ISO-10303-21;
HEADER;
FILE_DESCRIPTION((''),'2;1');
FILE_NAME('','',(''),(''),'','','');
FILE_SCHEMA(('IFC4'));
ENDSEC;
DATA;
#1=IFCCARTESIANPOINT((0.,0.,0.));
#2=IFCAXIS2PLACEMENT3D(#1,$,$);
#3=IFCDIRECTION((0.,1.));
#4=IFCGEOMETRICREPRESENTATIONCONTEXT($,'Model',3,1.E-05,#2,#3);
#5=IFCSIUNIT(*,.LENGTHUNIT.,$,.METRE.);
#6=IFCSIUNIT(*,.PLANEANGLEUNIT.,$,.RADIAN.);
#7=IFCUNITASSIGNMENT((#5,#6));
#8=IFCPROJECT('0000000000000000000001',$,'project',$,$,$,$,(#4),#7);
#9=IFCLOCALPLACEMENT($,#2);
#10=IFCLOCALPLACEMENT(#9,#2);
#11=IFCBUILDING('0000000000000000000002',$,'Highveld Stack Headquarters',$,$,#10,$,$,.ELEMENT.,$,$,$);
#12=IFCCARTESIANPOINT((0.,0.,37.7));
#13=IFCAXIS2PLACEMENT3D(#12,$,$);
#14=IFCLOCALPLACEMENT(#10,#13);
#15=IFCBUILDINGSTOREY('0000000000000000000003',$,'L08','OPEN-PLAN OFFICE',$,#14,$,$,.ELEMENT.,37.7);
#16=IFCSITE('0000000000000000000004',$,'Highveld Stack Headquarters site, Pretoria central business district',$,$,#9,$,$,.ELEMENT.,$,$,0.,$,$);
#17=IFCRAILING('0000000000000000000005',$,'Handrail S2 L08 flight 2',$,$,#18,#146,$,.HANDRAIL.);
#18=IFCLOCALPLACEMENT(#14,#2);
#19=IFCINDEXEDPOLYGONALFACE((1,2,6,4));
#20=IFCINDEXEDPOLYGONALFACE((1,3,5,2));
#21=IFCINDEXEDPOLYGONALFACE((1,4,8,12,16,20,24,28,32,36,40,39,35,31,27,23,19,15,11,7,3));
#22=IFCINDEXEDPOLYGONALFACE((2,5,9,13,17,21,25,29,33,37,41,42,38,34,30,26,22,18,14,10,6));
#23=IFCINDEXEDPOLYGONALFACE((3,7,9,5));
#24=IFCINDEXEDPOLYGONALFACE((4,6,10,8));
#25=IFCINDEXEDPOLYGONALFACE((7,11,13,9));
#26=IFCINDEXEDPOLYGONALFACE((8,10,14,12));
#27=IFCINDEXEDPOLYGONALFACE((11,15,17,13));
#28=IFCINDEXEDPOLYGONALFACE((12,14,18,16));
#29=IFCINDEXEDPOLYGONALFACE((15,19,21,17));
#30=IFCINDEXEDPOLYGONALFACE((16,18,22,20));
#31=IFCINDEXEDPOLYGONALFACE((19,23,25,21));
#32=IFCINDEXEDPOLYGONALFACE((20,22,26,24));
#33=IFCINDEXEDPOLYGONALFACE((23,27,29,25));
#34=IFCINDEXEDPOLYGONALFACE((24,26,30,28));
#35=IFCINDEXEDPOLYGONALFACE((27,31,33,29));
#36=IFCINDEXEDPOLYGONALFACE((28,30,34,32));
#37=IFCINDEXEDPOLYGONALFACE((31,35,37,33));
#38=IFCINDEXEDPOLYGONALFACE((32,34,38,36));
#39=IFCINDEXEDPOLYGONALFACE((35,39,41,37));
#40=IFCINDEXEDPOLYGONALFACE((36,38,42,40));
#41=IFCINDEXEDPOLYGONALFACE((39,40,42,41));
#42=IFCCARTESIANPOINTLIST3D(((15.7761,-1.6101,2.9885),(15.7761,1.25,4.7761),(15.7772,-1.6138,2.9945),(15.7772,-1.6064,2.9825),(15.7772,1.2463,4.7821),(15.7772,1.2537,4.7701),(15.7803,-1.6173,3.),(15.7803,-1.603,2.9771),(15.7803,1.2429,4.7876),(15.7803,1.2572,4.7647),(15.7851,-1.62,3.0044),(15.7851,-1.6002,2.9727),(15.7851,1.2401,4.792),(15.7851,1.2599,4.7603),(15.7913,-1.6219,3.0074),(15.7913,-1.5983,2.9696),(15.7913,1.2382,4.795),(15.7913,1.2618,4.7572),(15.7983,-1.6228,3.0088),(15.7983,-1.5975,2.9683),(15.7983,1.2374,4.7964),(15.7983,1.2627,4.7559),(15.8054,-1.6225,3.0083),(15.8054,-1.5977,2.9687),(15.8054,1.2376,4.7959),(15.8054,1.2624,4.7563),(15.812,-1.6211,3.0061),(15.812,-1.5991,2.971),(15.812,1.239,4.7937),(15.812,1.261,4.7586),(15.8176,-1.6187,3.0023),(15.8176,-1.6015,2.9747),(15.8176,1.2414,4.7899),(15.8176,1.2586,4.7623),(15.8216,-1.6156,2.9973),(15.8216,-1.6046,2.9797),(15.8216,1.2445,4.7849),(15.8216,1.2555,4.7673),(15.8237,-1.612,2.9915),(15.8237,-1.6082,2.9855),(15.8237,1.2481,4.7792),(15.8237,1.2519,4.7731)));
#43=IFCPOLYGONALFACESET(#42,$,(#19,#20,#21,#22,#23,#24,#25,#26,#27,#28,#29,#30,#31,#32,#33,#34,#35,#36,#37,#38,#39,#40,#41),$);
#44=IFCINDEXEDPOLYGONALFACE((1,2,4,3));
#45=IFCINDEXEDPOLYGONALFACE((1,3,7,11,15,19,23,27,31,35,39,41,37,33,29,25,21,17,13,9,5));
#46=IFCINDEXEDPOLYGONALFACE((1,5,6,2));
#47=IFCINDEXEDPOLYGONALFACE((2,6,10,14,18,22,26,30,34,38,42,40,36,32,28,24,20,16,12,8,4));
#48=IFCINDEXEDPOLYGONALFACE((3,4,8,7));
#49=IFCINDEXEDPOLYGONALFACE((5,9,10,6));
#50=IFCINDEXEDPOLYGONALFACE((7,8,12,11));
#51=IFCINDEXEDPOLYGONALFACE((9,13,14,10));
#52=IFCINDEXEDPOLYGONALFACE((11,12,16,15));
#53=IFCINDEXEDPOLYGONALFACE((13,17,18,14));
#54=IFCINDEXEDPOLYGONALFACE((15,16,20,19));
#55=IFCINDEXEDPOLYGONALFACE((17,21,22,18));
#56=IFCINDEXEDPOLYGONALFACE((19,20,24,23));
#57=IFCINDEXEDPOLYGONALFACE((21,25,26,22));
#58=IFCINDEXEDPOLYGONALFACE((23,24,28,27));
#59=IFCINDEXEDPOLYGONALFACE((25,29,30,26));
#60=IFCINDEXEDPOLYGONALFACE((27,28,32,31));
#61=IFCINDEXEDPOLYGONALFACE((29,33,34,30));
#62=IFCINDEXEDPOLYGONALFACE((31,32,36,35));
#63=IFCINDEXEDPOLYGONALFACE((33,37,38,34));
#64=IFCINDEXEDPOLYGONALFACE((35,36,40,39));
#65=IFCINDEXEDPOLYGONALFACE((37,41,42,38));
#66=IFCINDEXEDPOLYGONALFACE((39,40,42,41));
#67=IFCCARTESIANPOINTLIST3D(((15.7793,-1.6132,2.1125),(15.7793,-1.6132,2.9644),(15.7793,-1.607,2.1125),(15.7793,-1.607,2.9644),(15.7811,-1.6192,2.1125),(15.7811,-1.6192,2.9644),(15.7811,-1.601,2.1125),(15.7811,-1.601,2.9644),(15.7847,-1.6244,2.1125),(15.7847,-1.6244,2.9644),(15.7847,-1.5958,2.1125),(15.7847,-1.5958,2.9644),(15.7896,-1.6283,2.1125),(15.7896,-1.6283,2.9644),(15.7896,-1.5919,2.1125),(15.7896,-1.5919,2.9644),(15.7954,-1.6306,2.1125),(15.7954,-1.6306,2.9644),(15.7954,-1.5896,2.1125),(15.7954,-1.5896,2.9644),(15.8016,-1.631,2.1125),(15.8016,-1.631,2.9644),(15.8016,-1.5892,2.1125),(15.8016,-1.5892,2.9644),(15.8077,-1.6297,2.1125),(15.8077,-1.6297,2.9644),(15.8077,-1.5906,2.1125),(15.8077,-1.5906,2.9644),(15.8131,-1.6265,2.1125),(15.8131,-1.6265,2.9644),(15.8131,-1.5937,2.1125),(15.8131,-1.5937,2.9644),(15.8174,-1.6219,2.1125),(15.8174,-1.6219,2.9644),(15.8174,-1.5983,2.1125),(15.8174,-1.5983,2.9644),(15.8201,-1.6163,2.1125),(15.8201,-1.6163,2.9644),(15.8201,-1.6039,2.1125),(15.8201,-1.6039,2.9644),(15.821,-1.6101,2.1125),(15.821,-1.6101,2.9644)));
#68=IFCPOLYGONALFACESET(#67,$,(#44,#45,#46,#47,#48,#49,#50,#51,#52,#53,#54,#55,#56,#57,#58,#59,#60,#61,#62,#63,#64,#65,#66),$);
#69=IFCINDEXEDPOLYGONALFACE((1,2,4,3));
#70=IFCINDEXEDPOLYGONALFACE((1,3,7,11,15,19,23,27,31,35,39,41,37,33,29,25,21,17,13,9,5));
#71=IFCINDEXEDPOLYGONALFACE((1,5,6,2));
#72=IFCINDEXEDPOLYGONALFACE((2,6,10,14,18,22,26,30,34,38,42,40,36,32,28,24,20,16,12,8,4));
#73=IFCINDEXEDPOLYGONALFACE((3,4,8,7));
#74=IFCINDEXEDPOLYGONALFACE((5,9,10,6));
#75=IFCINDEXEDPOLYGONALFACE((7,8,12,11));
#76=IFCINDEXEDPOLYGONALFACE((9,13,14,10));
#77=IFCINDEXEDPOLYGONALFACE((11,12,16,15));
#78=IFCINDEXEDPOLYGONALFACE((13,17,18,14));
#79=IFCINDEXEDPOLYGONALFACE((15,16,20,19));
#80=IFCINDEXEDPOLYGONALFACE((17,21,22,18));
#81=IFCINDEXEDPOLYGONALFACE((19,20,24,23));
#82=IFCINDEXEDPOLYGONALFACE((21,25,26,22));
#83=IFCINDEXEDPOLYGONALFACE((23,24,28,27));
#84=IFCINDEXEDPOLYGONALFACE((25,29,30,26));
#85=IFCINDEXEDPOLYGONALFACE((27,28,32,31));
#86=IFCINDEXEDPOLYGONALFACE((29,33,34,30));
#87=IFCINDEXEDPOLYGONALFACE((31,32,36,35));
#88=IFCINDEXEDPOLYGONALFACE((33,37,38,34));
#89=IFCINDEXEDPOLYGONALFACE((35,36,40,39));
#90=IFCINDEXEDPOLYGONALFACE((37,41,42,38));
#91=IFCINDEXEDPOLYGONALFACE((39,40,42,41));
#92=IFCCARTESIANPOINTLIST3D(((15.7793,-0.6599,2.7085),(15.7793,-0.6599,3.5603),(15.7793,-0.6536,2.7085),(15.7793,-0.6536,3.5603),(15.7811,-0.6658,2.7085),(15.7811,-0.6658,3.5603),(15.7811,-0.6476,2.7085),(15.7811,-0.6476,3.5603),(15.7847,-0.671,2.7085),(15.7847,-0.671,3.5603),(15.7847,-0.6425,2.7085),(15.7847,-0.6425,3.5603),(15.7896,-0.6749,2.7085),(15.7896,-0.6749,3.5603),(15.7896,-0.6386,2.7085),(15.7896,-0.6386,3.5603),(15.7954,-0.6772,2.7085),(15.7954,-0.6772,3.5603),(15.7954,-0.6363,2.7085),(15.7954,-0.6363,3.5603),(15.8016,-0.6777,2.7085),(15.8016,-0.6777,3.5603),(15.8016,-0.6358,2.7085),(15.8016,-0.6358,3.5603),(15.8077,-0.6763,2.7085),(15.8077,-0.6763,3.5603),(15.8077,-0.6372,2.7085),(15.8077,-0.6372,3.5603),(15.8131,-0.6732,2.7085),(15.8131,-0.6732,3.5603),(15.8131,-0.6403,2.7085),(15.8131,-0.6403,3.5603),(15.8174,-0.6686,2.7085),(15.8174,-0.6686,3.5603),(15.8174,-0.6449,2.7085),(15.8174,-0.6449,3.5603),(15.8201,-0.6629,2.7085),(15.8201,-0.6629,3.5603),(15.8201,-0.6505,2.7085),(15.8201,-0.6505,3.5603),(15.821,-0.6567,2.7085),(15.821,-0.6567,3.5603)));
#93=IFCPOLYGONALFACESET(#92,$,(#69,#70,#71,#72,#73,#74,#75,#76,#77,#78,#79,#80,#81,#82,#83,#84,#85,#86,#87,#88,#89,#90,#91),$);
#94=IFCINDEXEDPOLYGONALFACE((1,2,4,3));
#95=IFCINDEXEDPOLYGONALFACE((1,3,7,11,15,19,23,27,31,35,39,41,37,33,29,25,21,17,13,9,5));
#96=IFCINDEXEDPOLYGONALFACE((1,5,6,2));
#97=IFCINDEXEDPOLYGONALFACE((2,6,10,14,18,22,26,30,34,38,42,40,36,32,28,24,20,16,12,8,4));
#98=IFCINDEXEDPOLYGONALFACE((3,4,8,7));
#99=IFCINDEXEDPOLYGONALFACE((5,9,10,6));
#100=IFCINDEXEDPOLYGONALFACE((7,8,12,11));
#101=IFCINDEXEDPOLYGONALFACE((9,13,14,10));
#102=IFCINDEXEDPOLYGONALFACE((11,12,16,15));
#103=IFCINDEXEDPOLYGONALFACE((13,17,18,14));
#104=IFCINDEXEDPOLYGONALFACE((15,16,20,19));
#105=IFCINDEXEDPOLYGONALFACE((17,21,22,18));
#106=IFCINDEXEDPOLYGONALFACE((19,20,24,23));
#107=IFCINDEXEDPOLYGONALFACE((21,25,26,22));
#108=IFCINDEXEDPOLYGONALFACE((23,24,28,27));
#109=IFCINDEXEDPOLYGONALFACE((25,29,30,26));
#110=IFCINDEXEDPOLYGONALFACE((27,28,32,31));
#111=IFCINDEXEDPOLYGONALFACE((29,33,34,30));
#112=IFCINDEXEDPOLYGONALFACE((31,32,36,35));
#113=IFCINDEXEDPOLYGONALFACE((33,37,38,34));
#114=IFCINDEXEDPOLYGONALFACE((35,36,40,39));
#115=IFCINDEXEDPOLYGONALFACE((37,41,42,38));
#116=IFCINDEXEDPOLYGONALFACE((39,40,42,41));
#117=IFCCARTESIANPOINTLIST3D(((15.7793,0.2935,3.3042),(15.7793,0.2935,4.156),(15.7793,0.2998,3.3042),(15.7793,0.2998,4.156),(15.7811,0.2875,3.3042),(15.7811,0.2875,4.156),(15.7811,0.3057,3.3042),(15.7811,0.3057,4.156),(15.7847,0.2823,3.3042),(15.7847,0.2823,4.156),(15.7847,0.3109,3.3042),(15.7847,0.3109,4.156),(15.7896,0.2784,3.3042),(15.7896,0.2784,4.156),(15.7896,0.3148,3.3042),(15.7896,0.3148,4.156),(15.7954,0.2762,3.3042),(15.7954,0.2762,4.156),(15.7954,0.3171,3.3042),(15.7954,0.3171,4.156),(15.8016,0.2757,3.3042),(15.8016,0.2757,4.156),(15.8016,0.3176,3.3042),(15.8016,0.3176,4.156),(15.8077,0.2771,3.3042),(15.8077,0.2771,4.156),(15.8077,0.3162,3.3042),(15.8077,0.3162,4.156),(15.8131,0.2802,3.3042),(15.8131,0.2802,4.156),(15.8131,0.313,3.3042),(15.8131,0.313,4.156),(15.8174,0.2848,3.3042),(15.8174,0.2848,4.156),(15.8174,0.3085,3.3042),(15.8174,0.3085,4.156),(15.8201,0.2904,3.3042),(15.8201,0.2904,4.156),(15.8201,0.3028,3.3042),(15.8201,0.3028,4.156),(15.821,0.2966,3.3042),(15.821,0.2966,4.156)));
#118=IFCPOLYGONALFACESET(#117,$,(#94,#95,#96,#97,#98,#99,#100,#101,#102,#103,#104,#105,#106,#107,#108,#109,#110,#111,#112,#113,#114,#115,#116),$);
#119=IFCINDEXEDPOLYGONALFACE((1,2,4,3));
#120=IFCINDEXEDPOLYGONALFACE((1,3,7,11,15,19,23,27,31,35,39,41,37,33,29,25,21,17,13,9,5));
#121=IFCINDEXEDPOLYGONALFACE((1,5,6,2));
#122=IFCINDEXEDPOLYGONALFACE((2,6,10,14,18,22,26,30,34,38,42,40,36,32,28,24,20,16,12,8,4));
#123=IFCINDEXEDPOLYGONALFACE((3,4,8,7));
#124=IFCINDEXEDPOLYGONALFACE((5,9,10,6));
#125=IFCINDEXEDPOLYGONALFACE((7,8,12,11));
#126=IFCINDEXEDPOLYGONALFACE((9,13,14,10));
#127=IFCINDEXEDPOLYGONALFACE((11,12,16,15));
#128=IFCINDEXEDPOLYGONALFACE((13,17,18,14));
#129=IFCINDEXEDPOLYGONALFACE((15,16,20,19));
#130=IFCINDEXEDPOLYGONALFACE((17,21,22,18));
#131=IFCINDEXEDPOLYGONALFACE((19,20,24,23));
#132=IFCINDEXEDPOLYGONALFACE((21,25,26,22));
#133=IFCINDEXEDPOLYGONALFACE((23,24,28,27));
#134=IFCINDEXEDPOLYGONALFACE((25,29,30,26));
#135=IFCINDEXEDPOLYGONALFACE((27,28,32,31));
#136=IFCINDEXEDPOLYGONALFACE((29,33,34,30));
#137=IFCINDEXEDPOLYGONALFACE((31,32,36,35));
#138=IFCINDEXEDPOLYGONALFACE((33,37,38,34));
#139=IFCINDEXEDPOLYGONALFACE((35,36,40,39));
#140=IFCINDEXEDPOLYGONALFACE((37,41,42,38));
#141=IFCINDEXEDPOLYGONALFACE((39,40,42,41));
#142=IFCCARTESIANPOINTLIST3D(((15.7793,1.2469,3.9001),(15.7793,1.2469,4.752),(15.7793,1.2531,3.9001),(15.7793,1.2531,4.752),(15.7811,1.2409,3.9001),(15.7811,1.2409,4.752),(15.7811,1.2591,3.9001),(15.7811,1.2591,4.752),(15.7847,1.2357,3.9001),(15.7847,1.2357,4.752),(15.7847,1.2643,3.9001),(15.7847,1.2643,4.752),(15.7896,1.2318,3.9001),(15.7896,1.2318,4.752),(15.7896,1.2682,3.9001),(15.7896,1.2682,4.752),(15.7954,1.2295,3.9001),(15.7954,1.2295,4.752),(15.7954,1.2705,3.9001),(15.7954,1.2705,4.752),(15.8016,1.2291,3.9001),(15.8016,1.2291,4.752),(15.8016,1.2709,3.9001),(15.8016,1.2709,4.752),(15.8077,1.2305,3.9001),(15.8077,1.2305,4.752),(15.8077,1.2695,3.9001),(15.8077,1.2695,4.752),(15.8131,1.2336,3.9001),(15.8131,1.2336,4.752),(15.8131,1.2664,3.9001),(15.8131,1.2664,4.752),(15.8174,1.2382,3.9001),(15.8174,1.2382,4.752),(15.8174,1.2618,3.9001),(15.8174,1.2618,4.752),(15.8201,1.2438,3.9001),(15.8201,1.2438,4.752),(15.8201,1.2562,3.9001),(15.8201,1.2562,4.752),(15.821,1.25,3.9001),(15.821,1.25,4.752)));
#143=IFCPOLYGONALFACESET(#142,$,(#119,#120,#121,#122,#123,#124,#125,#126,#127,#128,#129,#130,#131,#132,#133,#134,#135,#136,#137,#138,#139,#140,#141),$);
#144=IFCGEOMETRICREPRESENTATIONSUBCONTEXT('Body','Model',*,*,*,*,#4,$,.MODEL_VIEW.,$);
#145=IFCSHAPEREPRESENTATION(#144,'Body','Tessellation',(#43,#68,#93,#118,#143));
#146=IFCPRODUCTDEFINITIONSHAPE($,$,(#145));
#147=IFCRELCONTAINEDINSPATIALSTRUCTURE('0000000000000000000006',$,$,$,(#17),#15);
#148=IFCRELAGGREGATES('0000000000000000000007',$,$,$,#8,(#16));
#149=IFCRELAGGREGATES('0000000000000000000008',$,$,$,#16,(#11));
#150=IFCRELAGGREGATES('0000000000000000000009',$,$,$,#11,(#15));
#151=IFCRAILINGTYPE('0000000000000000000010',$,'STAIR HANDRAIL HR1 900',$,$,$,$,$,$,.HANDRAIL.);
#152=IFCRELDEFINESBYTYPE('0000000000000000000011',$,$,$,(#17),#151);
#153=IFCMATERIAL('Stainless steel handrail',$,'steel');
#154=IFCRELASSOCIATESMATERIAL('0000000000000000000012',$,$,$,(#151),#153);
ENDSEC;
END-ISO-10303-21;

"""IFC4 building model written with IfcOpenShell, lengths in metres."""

from ifc_helpers import new_model, si_unit, direction, frame, origin, origin_2d, place, context, subcontext, project, spatial, circle, extrude, material, type_object, element, save


model = new_model("IFC4")

# Units and contexts
model_context = context("Model", 3, precision=1e-05, world=origin(), true_north=direction((0.0, 1.0)))
body_context = subcontext(model_context, "Body", "Model", "MODEL_VIEW")
ifc_project = project(units=[si_unit("LENGTHUNIT", "METRE"), si_unit("PLANEANGLEUNIT", "RADIAN")], contexts=[model_context])

# Site, building, storey
site_placement = place(None, origin())
site = spatial("IfcSite", under=ifc_project, at=site_placement, Name="Highveld Stack Headquarters site, Pretoria central business district", CompositionType="ELEMENT", RefElevation=0.0)
building_placement = place(site_placement, origin())
building = spatial("IfcBuilding", under=site, at=building_placement, Name="Highveld Stack Headquarters", CompositionType="ELEMENT")
storey_placement = place(building_placement, frame((0.0, 0.0, 37.7)))
storey = spatial("IfcBuildingStorey", under=building, at=storey_placement, Name="L08", Description="OPEN-PLAN OFFICE", CompositionType="ELEMENT", Elevation=37.7)

# Railing
ifc_material_1 = material(Name="Stainless steel handrail", Category="steel")
railing_type = type_object("IfcRailingType", Name="STAIR HANDRAIL HR1 900", PredefinedType="HANDRAIL", material=ifc_material_1)
for number, where, name in (
    (1, (15.8, -1.6101, 2.1125), "Handrail S2 L08 flight 2"),
):
    element("IfcRailing", number, at=place(storey_placement, frame(where)), inside=storey, type_object=railing_type, Name=name, PredefinedType="HANDRAIL", context=body_context, shape_type="SweptSolid", body=[
        extrude(circle(Radius=0.0239, at=origin_2d()), frame((0.0, 0.0, 0.876), z_axis=(0.0, 0.847994, 0.530005), x_axis=(-1.0, 0.0, 0.0)), (0.0, 0.0, 1.0), 3.3728),
        extrude(circle(Radius=0.021, at=origin_2d()), origin(), (0.0, 0.0, 1.0), 0.8518),
        extrude(circle(Radius=0.021, at=origin_2d()), frame((0.0, 0.9534, 0.5959)), (0.0, 0.0, 1.0), 0.8518),
        extrude(circle(Radius=0.021, at=origin_2d()), frame((0.0, 1.9067, 1.1917)), (0.0, 0.0, 1.0), 0.8518),
        extrude(circle(Radius=0.021, at=origin_2d()), frame((0.0, 2.8601, 1.7876)), (0.0, 0.0, 1.0), 0.8518),
    ])

save(model, "model.ifc")
